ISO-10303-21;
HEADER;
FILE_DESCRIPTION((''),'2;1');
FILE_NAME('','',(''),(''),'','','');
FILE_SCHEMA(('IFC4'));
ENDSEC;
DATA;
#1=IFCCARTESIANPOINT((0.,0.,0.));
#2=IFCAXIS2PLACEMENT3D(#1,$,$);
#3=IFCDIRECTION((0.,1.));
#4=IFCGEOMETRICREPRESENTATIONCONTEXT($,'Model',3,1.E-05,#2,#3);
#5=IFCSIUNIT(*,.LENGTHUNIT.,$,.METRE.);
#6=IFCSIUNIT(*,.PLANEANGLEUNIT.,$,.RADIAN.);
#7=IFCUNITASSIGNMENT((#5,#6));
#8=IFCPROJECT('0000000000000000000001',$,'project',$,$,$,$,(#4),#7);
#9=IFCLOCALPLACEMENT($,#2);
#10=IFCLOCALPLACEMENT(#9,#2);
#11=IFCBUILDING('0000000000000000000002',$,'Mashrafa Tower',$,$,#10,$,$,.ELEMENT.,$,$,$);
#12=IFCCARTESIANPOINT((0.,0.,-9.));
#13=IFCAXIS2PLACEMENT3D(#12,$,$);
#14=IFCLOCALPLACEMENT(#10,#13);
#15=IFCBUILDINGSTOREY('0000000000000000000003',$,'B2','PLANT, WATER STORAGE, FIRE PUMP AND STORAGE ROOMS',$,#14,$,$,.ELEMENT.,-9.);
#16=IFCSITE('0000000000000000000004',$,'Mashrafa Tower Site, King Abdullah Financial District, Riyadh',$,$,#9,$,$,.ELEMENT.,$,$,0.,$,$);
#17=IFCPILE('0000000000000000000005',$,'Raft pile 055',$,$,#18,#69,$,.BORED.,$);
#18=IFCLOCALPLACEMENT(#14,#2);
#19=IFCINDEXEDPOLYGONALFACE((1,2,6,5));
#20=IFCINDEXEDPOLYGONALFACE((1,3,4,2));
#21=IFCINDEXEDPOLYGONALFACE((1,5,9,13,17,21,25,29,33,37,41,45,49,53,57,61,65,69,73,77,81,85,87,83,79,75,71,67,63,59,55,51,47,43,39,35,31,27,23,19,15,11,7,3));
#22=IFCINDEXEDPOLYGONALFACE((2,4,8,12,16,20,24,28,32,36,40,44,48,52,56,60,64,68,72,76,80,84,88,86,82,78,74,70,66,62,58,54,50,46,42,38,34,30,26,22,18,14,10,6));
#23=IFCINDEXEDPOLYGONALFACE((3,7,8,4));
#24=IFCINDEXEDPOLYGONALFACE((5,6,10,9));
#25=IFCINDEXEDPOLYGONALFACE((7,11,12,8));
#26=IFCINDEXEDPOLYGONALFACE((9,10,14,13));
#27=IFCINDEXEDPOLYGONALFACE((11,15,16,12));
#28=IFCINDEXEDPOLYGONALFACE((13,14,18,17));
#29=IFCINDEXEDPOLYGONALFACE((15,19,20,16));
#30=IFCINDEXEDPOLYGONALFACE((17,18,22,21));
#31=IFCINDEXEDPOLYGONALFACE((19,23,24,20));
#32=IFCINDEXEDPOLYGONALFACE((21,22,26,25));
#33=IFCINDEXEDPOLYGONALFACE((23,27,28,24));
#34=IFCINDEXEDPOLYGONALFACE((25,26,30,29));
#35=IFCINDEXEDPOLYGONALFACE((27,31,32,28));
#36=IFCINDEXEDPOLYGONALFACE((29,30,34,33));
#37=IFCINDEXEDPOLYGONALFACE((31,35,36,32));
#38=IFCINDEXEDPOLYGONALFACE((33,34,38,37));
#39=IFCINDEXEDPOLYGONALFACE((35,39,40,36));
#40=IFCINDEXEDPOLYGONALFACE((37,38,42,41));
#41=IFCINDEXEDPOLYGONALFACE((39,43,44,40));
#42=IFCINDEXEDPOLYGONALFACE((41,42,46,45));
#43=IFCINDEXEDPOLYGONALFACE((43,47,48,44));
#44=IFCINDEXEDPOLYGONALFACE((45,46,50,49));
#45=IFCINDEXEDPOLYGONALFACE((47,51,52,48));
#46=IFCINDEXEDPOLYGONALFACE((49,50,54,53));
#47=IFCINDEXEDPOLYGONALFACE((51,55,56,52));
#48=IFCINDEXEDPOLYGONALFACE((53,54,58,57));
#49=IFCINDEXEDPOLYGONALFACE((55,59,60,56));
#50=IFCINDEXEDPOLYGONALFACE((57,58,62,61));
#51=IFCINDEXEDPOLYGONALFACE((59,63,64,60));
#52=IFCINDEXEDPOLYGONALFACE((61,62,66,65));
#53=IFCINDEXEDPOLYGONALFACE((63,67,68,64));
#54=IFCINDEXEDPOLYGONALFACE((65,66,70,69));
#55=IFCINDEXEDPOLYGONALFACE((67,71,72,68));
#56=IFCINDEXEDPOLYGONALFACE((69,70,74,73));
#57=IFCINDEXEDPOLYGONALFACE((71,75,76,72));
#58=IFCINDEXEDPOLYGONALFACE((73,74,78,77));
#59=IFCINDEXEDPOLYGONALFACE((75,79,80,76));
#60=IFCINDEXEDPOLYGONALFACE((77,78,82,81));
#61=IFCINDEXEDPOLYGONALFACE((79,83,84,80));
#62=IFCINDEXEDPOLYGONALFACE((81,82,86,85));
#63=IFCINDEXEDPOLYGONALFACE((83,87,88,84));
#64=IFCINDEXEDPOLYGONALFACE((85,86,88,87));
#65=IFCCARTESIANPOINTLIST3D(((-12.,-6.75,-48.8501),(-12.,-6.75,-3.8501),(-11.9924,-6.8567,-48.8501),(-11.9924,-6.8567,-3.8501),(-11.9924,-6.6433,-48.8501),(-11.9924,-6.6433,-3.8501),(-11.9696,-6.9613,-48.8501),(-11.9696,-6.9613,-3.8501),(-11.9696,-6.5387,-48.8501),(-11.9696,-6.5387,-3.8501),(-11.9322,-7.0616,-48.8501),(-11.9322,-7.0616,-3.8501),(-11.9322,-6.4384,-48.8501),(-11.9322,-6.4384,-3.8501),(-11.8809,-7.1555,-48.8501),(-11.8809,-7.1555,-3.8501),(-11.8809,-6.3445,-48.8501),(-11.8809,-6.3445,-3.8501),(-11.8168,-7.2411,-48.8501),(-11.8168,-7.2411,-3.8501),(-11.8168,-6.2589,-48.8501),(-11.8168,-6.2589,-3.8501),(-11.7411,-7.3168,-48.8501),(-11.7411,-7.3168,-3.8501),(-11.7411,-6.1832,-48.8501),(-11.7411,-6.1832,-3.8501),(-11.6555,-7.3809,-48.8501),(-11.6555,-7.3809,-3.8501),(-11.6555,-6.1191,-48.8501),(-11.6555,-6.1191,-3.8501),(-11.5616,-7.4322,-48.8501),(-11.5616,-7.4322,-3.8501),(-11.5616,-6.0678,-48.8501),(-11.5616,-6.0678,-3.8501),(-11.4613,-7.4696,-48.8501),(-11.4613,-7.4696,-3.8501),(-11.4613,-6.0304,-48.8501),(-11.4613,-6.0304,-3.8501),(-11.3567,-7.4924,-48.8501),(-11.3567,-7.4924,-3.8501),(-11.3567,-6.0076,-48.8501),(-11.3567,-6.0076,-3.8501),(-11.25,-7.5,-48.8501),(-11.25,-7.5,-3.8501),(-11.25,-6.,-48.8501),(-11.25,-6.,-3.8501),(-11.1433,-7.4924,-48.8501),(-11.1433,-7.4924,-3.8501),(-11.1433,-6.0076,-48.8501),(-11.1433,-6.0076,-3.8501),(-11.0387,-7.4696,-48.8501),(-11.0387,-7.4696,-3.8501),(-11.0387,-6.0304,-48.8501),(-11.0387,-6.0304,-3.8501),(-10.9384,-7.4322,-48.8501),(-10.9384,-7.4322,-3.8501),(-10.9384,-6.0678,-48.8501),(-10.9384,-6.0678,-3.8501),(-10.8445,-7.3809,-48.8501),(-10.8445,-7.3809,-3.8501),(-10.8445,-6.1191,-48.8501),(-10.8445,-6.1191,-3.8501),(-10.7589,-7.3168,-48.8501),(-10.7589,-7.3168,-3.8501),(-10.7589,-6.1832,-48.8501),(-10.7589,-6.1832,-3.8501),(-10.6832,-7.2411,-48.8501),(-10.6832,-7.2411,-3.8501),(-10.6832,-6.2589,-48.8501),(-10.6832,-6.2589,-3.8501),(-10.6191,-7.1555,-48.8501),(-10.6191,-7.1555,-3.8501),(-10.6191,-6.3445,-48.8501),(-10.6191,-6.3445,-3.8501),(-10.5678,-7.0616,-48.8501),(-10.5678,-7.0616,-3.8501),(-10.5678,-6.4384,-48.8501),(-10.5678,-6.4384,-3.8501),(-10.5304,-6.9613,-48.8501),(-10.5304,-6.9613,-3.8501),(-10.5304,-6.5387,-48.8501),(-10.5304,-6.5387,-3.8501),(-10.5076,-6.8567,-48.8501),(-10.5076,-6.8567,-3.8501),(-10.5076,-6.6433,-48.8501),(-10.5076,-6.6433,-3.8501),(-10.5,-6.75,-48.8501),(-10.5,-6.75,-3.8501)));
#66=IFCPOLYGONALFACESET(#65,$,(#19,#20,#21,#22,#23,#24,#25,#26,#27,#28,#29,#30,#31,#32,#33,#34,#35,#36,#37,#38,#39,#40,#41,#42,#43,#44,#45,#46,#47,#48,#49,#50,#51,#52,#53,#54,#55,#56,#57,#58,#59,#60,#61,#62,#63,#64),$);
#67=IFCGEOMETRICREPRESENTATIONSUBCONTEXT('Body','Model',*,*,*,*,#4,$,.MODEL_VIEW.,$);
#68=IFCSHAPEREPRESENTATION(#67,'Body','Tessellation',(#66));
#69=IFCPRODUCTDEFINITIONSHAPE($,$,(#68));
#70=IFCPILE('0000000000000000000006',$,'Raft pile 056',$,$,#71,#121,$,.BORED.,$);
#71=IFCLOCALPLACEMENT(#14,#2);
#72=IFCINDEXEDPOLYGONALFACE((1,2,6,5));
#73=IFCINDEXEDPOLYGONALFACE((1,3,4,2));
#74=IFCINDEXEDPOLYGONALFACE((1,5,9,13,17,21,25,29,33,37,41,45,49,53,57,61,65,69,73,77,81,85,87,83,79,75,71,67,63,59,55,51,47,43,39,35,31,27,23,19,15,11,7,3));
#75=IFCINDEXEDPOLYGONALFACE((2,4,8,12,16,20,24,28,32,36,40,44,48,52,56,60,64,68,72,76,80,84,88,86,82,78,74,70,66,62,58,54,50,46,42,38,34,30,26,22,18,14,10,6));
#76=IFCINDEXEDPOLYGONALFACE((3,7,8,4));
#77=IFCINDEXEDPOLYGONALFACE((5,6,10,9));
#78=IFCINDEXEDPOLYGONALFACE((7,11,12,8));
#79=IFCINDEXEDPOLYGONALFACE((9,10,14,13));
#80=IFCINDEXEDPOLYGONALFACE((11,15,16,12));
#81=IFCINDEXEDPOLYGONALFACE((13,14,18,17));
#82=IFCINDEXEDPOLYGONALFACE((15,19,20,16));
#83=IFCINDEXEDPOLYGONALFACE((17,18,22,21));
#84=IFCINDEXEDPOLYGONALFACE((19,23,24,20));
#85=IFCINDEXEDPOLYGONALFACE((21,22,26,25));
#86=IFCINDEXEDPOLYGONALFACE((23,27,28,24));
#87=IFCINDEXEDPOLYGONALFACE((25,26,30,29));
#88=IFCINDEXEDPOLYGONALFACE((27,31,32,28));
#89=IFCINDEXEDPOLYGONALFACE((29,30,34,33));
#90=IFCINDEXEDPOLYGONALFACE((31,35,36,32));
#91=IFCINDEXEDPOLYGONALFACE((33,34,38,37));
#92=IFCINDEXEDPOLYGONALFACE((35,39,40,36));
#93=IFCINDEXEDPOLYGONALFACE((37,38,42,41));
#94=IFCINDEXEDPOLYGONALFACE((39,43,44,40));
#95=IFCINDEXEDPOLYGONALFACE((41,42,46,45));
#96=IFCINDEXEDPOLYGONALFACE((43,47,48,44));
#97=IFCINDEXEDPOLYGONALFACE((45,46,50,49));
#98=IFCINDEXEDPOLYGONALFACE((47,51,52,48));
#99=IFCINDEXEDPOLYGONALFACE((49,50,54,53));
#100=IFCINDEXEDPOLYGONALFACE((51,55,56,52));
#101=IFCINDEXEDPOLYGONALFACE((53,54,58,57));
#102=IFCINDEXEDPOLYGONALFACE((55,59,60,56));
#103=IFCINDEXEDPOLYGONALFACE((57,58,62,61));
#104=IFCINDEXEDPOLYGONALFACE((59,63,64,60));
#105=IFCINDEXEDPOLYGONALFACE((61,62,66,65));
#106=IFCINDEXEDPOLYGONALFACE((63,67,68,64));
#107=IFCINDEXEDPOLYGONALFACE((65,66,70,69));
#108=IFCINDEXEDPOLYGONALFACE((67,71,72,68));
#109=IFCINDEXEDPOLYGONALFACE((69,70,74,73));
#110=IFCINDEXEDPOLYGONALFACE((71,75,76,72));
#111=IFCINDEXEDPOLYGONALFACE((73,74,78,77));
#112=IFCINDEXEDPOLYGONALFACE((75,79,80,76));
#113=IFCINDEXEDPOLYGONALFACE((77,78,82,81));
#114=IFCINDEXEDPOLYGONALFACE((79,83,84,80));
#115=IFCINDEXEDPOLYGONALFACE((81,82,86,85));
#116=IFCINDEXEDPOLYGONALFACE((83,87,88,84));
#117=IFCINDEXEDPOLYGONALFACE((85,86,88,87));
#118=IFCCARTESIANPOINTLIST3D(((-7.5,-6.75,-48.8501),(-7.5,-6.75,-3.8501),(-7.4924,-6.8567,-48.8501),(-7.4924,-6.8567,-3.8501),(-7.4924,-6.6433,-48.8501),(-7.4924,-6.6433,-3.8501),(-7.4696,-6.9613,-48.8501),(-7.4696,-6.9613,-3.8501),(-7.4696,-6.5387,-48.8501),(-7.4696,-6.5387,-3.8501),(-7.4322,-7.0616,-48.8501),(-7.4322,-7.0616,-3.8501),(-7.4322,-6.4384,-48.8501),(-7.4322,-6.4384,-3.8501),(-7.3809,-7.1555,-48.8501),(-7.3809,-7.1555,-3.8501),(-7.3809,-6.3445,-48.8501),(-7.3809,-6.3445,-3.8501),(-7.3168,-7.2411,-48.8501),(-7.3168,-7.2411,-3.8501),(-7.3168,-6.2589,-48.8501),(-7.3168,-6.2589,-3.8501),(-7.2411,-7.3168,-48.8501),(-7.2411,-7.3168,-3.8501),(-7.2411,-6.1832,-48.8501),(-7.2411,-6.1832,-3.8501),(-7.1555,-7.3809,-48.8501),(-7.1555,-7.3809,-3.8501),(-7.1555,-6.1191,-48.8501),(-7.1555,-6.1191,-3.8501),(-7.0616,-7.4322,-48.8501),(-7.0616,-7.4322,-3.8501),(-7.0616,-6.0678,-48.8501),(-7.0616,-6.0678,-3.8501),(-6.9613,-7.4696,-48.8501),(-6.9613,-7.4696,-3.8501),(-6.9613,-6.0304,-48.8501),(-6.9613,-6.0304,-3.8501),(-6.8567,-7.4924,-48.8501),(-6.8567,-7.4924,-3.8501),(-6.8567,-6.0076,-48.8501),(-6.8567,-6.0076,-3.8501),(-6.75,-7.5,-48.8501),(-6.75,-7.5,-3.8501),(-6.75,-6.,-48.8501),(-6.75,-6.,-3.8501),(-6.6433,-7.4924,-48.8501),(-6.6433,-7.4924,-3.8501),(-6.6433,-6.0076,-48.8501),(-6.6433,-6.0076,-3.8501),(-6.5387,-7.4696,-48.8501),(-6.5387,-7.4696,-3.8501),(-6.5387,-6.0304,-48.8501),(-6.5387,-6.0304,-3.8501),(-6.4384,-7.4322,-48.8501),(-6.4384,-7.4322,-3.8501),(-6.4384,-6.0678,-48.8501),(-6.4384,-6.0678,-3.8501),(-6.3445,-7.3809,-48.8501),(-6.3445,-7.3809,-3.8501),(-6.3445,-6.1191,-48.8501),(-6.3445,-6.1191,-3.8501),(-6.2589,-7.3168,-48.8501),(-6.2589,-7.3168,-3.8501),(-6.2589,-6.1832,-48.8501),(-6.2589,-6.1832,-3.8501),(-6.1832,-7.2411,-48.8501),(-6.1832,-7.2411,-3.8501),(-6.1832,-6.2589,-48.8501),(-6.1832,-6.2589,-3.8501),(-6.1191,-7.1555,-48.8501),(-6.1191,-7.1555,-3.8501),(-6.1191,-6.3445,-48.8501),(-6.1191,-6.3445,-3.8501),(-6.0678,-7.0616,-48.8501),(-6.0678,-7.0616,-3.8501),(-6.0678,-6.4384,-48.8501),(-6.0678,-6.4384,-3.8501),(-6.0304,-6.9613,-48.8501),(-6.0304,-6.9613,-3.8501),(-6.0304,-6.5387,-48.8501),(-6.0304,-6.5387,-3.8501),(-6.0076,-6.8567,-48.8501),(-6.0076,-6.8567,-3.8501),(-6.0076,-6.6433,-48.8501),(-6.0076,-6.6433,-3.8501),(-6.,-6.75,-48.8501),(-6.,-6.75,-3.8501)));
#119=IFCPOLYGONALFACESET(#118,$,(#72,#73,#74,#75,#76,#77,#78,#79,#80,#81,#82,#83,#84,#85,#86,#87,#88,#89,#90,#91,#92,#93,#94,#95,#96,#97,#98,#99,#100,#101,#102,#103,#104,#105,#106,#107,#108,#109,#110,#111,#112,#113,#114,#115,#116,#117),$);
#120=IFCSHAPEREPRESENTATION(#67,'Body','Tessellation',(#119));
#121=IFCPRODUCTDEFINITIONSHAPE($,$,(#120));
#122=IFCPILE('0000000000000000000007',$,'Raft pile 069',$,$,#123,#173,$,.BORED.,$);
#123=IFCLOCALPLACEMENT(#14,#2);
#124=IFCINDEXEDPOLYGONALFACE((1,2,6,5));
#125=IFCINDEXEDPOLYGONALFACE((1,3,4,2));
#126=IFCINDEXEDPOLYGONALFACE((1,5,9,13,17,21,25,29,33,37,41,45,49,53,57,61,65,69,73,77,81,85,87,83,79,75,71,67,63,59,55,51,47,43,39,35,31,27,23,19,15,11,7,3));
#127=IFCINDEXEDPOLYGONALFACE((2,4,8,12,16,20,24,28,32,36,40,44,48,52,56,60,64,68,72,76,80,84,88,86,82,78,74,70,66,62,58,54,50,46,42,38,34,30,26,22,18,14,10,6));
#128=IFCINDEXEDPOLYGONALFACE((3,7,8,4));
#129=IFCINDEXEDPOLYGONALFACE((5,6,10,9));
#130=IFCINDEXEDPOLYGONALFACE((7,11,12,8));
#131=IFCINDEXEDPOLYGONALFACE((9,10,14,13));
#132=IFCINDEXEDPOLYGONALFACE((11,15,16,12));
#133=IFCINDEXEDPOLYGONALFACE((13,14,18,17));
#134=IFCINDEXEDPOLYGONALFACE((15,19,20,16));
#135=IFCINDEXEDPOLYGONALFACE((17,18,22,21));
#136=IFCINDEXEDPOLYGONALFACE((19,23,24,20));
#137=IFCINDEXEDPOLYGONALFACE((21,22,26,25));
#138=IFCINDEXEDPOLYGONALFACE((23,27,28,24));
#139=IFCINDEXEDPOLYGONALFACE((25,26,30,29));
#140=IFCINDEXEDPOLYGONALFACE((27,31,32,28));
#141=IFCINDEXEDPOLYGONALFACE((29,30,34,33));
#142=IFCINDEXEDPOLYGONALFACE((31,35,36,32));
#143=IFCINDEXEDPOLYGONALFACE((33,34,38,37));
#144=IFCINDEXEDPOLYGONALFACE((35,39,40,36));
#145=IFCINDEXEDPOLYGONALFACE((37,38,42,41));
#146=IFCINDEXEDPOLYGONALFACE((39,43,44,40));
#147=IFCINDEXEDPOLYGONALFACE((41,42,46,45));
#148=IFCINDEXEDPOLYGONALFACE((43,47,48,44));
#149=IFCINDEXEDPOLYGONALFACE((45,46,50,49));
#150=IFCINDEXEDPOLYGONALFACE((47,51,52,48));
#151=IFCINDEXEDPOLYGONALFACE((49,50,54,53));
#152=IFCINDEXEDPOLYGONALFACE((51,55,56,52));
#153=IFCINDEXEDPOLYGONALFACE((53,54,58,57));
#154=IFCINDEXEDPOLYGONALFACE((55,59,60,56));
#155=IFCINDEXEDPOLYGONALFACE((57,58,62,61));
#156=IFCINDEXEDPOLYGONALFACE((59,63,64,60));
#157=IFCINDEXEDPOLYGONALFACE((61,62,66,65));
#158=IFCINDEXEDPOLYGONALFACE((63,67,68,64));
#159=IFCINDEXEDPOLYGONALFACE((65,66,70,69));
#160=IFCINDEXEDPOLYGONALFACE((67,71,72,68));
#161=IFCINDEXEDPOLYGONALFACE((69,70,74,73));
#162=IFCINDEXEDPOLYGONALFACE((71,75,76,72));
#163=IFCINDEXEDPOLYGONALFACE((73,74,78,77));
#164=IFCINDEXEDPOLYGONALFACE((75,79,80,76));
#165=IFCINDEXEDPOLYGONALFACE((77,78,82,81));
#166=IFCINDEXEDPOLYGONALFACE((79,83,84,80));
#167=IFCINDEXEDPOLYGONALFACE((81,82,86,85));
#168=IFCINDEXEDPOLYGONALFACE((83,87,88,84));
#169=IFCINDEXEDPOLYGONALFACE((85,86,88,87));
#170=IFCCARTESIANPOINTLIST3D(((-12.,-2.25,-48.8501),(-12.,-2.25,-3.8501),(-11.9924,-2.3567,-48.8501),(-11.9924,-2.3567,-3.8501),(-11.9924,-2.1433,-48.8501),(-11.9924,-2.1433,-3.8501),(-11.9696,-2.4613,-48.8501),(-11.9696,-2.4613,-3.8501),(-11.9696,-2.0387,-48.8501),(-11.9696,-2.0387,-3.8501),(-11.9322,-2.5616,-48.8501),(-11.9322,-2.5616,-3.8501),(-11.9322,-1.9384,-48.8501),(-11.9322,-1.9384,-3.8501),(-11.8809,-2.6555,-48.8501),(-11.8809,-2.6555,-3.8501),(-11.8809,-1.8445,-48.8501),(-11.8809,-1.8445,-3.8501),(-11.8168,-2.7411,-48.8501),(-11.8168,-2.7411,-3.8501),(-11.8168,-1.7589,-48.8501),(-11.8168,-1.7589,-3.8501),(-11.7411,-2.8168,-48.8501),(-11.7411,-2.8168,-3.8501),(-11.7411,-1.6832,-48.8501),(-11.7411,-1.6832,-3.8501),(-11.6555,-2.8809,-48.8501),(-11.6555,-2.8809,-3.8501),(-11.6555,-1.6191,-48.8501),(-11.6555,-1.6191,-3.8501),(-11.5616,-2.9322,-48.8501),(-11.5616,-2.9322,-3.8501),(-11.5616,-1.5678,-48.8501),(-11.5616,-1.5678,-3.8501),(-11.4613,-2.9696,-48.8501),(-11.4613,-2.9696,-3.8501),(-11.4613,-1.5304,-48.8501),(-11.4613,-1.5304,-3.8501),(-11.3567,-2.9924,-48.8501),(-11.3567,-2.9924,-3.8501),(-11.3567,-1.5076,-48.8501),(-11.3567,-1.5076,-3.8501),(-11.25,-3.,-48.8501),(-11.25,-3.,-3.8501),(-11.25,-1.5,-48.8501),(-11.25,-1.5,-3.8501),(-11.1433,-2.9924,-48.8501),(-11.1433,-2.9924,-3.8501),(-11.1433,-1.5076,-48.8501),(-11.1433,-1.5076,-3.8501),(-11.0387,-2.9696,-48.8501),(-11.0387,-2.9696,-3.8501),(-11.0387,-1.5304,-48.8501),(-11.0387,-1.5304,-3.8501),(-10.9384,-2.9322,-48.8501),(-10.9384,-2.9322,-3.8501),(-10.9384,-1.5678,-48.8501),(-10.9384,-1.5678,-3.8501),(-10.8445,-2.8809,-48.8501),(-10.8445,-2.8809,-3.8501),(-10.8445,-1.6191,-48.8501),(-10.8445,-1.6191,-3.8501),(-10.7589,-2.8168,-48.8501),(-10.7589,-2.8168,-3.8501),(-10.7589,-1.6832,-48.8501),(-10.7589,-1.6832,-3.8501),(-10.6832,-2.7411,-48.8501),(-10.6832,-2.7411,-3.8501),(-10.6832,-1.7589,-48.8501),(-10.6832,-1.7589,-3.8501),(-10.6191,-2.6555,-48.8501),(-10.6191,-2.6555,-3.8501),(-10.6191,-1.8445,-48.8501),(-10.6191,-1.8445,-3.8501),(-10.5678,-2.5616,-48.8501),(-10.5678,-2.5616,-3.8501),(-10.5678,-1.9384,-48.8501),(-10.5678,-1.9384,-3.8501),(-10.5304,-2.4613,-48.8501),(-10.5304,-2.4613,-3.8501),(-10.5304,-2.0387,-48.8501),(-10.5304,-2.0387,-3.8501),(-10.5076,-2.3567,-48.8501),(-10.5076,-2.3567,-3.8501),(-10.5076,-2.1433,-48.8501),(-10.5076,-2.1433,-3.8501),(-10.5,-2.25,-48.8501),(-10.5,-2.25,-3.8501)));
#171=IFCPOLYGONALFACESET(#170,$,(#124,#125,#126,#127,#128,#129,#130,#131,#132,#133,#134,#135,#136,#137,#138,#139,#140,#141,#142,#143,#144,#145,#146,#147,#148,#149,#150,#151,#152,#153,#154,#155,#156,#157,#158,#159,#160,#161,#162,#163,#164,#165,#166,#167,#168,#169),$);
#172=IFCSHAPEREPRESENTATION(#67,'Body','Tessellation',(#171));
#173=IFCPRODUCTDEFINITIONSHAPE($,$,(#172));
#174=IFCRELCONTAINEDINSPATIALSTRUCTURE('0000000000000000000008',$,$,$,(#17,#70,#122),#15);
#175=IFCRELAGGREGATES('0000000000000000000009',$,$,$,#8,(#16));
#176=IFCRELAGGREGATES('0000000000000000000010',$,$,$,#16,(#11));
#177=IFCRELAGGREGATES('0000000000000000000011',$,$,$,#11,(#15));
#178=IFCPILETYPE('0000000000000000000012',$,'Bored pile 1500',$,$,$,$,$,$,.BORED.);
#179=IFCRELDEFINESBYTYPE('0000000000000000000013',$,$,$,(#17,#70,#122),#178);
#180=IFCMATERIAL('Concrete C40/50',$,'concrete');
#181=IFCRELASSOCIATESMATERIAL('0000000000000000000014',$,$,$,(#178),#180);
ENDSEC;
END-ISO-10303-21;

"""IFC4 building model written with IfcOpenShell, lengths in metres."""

from ifc_helpers import new_model, si_unit, direction, frame, origin, origin_2d, place, context, subcontext, project, spatial, circle, extrude, material, material_profile, profile_set, type_object, element, save


model = new_model("IFC4")

# Units and contexts
model_context = context("Model", 3, precision=1e-05, world=origin(), true_north=direction((0.0, 1.0)))
body_context = subcontext(model_context, "Body", "Model", "MODEL_VIEW")
ifc_project = project(units=[si_unit("LENGTHUNIT", "METRE"), si_unit("PLANEANGLEUNIT", "RADIAN")], contexts=[model_context])

# Site, building, storey
site_placement = place(None, origin())
site = spatial("IfcSite", under=ifc_project, at=site_placement, Name="Mashrafa Tower Site, King Abdullah Financial District, Riyadh", CompositionType="ELEMENT", RefElevation=0.0)
building_placement = place(site_placement, origin())
building = spatial("IfcBuilding", under=site, at=building_placement, Name="Mashrafa Tower", CompositionType="ELEMENT")
storey_placement = place(building_placement, frame((0.0, 0.0, -9.0)))
storey = spatial("IfcBuildingStorey", under=building, at=storey_placement, Name="B2", Description="PLANT, WATER STORAGE, FIRE PUMP AND STORAGE ROOMS", CompositionType="ELEMENT", Elevation=-9.0)

# Piles
ifc_material_1 = material(Name="Concrete C40/50", Category="concrete")
ifc_material_profile = material_profile(ifc_material_1, circle(Radius=0.75, at=origin_2d()), Name="1500 DIA")
ifc_profile_set = profile_set([ifc_material_profile], Name="Concrete C40/50")
pile_type = type_object("IfcPileType", Name="Bored pile 1500", PredefinedType="BORED", material=ifc_profile_set)
for number, where, z_axis, x_axis, name in (
    (1, (-11.25, -6.75, -3.8501), (0.0, 0.0, -1.0), (1.0, 0.0, 0.0), "Raft pile 055"),
    (2, (-6.75, -6.75, -3.8501), (0.0, 0.0, -1.0), (1.0, 0.0, 0.0), "Raft pile 056"),
    (3, (-11.25, -2.25, -3.8501), (0.0, 0.0, -1.0), (1.0, 0.0, 0.0), "Raft pile 069"),
):
    element("IfcPile", number, at=place(storey_placement, frame(where, z_axis=z_axis, x_axis=x_axis)), inside=storey, type_object=pile_type, Name=name, PredefinedType="BORED", context=body_context, shape_type="SweptSolid", body=[
        extrude(circle(Radius=0.75, at=origin_2d()), origin(), (0.0, 0.0, 1.0), 45.0),
    ])

save(model, "model.ifc")
